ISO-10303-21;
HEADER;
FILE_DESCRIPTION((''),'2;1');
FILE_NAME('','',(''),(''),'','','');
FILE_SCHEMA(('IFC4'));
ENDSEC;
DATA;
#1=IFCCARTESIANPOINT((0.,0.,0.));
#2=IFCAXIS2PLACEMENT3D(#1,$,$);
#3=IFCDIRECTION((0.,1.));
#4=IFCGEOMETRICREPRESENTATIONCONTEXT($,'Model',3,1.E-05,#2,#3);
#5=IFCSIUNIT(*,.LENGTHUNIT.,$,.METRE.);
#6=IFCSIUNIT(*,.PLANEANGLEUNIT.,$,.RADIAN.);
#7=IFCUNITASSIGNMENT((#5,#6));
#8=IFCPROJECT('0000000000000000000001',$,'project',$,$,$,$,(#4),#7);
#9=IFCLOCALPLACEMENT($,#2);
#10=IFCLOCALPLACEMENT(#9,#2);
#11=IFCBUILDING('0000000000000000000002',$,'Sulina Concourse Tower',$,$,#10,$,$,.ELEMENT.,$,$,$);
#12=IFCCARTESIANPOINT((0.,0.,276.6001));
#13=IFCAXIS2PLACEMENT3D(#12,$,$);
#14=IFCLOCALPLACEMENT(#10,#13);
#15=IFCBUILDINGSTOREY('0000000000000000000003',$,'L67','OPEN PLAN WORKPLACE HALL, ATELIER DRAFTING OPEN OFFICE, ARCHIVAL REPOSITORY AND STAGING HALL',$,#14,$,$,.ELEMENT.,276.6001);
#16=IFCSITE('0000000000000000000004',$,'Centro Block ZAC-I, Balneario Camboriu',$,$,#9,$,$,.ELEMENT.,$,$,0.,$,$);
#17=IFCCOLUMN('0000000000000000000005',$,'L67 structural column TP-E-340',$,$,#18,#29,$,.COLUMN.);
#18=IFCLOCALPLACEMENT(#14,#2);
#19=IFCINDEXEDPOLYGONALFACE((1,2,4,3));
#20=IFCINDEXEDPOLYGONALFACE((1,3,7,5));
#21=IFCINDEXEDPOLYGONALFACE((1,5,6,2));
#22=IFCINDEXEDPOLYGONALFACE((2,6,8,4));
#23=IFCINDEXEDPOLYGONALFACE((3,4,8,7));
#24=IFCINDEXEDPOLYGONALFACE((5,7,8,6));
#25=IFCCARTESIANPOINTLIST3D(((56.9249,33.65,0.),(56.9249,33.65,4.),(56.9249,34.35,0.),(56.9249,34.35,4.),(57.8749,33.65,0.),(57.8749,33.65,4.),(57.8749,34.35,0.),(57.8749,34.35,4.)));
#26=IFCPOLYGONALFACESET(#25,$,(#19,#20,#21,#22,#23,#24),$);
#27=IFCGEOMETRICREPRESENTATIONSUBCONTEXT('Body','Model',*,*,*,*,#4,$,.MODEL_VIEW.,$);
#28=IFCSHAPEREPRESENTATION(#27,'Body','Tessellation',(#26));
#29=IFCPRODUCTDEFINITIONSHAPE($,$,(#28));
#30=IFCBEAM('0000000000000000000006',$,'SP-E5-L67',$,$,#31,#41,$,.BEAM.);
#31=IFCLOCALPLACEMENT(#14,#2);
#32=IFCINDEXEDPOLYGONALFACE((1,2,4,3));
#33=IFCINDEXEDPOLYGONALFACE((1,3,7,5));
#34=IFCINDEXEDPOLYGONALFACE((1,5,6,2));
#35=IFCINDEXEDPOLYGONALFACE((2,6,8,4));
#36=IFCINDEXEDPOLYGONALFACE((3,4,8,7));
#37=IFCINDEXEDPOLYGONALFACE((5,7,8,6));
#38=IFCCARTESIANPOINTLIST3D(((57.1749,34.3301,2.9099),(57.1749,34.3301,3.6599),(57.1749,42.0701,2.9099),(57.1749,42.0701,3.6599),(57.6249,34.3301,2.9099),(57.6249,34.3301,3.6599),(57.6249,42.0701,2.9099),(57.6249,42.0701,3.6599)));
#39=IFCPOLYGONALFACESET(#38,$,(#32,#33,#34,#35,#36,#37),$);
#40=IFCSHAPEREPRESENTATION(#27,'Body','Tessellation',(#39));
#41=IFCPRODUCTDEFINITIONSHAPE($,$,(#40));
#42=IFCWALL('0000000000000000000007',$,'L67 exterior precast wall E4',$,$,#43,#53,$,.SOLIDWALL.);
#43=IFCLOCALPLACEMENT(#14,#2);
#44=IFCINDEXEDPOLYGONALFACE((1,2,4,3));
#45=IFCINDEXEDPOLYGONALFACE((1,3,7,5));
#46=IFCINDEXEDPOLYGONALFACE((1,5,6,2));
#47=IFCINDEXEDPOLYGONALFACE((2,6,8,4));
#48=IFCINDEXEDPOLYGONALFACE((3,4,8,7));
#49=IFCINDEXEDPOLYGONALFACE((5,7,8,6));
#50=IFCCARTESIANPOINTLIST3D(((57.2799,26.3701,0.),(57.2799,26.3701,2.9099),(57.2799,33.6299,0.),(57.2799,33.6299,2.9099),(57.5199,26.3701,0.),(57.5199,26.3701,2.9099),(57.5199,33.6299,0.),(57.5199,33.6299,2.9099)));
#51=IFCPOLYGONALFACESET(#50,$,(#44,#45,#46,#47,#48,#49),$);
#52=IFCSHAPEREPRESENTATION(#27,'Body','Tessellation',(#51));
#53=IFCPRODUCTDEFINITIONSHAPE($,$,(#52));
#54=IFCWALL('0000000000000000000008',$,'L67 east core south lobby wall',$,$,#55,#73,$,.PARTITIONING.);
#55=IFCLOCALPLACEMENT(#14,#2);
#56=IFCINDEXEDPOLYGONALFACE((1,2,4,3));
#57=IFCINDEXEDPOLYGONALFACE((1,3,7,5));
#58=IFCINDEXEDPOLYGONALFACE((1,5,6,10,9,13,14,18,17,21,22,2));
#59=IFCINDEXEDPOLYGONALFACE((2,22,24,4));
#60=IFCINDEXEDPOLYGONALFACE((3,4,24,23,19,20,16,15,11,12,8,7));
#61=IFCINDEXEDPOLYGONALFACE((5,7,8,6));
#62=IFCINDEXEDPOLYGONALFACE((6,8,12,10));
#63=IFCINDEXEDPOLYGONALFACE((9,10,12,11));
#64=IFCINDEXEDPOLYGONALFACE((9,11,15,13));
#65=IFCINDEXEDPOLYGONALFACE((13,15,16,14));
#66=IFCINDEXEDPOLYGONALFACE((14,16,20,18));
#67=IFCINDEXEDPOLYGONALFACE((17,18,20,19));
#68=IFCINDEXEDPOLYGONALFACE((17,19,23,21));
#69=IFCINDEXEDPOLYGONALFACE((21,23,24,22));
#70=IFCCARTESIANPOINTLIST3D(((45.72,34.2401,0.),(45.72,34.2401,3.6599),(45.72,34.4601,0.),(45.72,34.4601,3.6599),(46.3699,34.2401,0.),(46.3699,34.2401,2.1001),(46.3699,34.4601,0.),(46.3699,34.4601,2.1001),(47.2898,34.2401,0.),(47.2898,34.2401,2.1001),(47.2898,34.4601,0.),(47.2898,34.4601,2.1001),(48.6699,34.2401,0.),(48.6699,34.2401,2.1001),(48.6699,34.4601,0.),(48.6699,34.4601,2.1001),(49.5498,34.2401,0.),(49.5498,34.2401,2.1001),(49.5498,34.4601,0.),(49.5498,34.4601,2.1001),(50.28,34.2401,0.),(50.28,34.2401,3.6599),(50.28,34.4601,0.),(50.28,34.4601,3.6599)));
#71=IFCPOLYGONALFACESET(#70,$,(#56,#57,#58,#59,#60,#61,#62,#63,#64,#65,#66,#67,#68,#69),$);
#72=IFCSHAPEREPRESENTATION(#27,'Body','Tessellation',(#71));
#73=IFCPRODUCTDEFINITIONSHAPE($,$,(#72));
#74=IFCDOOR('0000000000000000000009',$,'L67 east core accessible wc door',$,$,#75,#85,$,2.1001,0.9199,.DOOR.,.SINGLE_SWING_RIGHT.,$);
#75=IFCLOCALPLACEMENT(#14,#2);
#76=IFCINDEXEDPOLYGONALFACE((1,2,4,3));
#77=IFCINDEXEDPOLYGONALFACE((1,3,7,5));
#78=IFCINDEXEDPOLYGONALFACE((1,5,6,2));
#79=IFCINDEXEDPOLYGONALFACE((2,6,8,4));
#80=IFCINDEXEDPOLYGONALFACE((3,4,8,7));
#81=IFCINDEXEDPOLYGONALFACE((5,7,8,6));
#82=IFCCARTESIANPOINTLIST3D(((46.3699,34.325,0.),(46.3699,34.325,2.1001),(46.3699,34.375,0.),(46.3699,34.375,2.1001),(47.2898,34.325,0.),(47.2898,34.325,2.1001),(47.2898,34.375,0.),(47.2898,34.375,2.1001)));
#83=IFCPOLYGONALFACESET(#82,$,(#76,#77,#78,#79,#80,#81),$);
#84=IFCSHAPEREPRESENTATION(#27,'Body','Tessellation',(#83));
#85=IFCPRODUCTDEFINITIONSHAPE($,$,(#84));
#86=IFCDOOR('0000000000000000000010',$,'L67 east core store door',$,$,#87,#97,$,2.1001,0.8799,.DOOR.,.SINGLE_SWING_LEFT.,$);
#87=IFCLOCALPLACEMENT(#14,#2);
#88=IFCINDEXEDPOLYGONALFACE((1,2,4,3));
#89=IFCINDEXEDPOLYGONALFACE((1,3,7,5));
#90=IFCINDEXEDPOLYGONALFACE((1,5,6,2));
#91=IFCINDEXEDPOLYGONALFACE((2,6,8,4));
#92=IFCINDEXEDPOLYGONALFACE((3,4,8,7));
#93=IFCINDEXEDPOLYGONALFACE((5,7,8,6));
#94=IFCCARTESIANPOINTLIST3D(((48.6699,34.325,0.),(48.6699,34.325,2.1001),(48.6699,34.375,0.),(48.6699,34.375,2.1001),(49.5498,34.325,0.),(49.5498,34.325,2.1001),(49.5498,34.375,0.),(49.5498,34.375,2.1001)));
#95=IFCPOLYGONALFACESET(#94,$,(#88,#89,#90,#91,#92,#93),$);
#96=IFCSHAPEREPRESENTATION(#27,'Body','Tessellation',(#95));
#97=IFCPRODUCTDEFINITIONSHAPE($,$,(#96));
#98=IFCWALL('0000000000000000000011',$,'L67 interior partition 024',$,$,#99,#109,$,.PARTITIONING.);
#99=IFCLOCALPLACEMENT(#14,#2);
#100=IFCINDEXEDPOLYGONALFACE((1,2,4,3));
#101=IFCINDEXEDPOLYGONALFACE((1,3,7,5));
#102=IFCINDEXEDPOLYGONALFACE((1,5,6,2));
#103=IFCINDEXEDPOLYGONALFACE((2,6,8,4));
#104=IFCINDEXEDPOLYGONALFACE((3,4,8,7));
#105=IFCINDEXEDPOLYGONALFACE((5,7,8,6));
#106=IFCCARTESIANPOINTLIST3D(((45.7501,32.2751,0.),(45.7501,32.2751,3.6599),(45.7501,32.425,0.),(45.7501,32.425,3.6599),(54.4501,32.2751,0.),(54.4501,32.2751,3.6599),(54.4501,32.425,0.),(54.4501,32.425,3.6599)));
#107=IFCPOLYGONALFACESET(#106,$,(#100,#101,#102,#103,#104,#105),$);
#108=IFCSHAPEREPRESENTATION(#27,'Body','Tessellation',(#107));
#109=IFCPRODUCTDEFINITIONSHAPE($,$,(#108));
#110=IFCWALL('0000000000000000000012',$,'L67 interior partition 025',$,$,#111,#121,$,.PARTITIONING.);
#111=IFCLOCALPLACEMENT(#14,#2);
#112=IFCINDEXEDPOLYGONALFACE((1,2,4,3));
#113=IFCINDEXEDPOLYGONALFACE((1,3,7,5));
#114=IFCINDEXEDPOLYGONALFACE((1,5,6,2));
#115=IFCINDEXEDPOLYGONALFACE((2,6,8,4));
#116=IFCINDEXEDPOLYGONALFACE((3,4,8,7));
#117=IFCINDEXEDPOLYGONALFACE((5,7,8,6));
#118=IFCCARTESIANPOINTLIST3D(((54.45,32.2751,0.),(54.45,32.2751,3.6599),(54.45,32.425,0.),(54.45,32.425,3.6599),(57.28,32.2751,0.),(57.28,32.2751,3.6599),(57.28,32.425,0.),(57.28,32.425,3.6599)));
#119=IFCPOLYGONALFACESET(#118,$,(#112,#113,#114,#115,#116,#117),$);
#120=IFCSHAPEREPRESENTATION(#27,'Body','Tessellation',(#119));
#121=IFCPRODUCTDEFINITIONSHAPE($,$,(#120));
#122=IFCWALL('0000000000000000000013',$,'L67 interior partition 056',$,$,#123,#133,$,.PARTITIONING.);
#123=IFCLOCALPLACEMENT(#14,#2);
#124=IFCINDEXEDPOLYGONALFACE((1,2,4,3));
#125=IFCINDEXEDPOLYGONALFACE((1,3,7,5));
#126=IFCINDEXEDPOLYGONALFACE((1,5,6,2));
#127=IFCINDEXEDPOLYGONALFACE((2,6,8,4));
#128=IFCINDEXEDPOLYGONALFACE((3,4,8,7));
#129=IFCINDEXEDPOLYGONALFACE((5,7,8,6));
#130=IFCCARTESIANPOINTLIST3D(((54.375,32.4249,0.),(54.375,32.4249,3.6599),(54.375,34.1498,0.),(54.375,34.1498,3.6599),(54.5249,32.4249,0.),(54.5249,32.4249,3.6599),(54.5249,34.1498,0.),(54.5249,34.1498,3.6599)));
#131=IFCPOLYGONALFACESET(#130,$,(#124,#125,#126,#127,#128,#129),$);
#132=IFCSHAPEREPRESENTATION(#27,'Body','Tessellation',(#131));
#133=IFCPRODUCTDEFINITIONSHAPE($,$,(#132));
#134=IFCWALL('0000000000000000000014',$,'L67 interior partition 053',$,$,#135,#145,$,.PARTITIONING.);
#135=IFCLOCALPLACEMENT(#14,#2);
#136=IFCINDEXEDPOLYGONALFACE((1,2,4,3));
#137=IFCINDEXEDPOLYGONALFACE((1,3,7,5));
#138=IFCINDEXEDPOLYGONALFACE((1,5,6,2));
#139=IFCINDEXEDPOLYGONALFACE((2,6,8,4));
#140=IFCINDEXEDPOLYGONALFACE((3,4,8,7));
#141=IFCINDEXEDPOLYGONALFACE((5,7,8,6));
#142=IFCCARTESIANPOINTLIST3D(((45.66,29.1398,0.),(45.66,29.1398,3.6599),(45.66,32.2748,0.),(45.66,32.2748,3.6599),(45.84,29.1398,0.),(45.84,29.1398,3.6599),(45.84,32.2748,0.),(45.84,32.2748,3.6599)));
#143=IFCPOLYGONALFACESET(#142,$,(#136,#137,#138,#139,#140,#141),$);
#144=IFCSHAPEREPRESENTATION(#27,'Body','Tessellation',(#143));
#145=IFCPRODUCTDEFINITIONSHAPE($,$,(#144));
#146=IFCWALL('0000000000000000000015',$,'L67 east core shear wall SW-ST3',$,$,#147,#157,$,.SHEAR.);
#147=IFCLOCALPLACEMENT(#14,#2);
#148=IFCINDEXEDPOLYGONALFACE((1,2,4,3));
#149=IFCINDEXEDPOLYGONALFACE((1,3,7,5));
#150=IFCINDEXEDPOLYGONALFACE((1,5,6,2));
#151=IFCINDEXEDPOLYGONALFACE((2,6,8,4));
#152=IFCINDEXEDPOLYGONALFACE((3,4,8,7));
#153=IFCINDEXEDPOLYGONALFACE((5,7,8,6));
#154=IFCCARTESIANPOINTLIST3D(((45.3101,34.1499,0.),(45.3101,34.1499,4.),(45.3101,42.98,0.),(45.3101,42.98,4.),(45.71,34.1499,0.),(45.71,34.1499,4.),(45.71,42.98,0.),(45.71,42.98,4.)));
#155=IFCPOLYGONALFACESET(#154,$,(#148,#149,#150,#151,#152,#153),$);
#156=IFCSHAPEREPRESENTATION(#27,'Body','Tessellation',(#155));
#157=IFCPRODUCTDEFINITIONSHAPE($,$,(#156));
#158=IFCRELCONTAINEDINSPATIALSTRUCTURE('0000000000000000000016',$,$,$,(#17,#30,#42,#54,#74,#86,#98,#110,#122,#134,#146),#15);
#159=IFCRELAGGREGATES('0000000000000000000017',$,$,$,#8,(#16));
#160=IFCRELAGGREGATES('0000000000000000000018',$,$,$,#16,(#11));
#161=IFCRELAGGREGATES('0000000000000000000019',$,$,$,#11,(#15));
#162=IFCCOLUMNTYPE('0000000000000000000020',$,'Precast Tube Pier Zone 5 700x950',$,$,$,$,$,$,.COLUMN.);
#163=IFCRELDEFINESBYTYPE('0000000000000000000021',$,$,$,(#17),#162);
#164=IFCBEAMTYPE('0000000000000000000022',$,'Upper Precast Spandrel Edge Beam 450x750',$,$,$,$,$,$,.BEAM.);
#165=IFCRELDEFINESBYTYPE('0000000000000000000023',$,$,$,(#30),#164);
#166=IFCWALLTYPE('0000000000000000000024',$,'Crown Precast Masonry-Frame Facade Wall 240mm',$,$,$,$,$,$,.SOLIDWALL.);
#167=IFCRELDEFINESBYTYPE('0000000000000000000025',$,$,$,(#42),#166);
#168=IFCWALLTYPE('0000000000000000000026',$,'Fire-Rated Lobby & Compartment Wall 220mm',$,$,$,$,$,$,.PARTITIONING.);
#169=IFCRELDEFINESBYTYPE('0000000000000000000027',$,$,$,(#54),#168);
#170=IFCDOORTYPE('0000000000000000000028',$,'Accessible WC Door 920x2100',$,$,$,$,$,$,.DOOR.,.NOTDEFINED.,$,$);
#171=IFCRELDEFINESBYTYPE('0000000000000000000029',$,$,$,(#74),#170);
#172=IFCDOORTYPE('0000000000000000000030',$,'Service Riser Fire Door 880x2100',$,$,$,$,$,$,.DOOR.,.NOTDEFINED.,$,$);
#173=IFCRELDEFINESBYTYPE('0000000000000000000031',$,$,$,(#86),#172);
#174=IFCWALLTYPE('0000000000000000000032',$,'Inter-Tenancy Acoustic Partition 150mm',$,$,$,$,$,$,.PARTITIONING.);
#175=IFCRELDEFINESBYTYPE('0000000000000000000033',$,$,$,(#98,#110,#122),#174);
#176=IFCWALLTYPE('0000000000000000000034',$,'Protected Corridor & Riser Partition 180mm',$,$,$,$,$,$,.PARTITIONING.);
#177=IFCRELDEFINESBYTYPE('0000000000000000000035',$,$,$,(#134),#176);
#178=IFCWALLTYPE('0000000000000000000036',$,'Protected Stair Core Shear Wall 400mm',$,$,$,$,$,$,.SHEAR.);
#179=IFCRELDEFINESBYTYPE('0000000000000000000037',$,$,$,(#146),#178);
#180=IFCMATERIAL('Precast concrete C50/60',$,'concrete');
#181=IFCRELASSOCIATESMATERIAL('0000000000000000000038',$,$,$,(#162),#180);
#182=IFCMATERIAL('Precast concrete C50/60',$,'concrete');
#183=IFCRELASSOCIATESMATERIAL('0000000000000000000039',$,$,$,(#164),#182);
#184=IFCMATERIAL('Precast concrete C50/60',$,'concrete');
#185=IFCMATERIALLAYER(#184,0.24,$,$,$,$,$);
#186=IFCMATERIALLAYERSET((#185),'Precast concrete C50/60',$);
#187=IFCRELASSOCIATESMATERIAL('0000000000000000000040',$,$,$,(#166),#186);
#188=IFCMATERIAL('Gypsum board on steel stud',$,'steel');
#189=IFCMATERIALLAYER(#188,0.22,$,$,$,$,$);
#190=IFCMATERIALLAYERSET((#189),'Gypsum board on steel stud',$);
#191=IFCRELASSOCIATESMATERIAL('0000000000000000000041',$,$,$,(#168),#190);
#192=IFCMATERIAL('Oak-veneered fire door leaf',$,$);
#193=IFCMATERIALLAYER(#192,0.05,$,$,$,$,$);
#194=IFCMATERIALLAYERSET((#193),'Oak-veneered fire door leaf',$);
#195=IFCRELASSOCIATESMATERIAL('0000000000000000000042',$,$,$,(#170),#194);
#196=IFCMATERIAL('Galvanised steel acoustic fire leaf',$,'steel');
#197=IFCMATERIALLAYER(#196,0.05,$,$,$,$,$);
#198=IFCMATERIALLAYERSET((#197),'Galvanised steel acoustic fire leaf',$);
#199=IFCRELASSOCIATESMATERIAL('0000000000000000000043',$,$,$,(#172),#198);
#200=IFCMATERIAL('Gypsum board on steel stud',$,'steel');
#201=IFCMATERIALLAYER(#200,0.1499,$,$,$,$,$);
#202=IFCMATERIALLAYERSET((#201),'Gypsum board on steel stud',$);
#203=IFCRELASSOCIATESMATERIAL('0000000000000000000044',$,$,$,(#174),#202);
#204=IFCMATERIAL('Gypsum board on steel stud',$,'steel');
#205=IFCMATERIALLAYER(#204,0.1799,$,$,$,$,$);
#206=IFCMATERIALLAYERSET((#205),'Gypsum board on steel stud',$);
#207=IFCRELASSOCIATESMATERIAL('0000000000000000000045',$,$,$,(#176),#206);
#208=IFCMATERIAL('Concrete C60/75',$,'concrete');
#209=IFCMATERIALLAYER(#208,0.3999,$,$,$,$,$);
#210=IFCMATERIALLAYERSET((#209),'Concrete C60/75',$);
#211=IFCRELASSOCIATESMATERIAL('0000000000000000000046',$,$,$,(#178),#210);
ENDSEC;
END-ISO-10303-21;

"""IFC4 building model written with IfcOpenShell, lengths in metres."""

from ifc_helpers import new_model, si_unit, direction, frame, frame_2d, origin, origin_2d, place, context, subcontext, project, spatial, rectangle, extrude, material, layer, layer_set, material_profile, profile_set, type_object, element, fill, save


model = new_model("IFC4")

# Units and contexts
model_context = context("Model", 3, precision=1e-05, world=origin(), true_north=direction((0.0, 1.0)))
body_context = subcontext(model_context, "Body", "Model", "MODEL_VIEW")
ifc_project = project(units=[si_unit("LENGTHUNIT", "METRE"), si_unit("PLANEANGLEUNIT", "RADIAN")], contexts=[model_context])

# Site, building, storey
site_placement = place(None, origin())
site = spatial("IfcSite", under=ifc_project, at=site_placement, Name="Centro Block ZAC-I, Balneario Camboriu", CompositionType="ELEMENT", RefElevation=0.0)
building_placement = place(site_placement, origin())
building = spatial("IfcBuilding", under=site, at=building_placement, Name="Sulina Concourse Tower", CompositionType="ELEMENT")
storey_placement = place(building_placement, frame((0.0, 0.0, 276.6001)))
storey = spatial("IfcBuildingStorey", under=building, at=storey_placement, Name="L67", Description="OPEN PLAN WORKPLACE HALL, ATELIER DRAFTING OPEN OFFICE, ARCHIVAL REPOSITORY AND STAGING HALL", CompositionType="ELEMENT", Elevation=276.6001)

# Column
ifc_material_1 = material(Name="Precast concrete C50/60", Category="concrete")
ifc_material_profile_1 = material_profile(ifc_material_1, rectangle(XDim=0.7, YDim=0.95, at=origin_2d()), Name="PC 700x950")
ifc_profile_set_1 = profile_set([ifc_material_profile_1], Name="Precast concrete C50/60")
column_type = type_object("IfcColumnType", Name="Precast Tube Pier Zone 5 700x950", PredefinedType="COLUMN", material=ifc_profile_set_1)
column_placement = place(storey_placement, frame((57.3999, 34.0, 0.0), z_axis=(0.0, 0.0, 1.0), x_axis=(0.0, 1.0, 0.0)))
element("IfcColumn", 1, at=column_placement, inside=storey, type_object=column_type, Name="L67 structural column TP-E-340", PredefinedType="COLUMN", context=body_context, shape_type="SweptSolid", body=[
    extrude(rectangle(XDim=0.7, YDim=0.95, at=origin_2d()), origin(), (0.0, 0.0, 1.0), 4.0),
])

# Beam
ifc_material_2 = material(Name="Precast concrete C50/60", Category="concrete")
ifc_material_profile_2 = material_profile(ifc_material_2, rectangle(XDim=0.45, YDim=0.75, at=origin_2d()), Name="RC 450x750")
ifc_profile_set_2 = profile_set([ifc_material_profile_2], Name="Precast concrete C50/60")
beam_type = type_object("IfcBeamType", Name="Upper Precast Spandrel Edge Beam 450x750", PredefinedType="BEAM", material=ifc_profile_set_2)
beam_placement = place(storey_placement, frame((57.3999, 34.3301, 3.2849), z_axis=(0.0, 1.0, 0.0), x_axis=(-1.0, 0.0, 0.0)))
element("IfcBeam", 2, at=beam_placement, inside=storey, type_object=beam_type, Name="SP-E5-L67", PredefinedType="BEAM", context=body_context, shape_type="SweptSolid", body=[
    extrude(rectangle(XDim=0.45, YDim=0.75, at=origin_2d()), origin(), (0.0, 0.0, 1.0), 7.74),
])

# Wall
ifc_material_3 = material(Name="Precast concrete C50/60", Category="concrete")
ifc_layer_1 = layer(ifc_material_3, 0.24)
ifc_layer_set_1 = layer_set([ifc_layer_1], Name="Precast concrete C50/60")
wall_type_1 = type_object("IfcWallType", Name="Crown Precast Masonry-Frame Facade Wall 240mm", PredefinedType="SOLIDWALL", material=ifc_layer_set_1)
wall_1_placement = place(storey_placement, frame((57.3999, 33.6299, 0.0), z_axis=(0.0, 0.0, 1.0), x_axis=(0.0, -1.0, 0.0)))
element("IfcWall", 3, at=wall_1_placement, inside=storey, type_object=wall_type_1, Name="L67 exterior precast wall E4", PredefinedType="SOLIDWALL", context=body_context, shape_type="SweptSolid", body=[
    extrude(rectangle(XDim=7.2598, YDim=0.24, at=frame_2d((3.6299, 0.0))), origin(), (0.0, 0.0, 1.0), 2.9099),
])

# Wall, openings, doors
ifc_material_4 = material(Name="Gypsum board on steel stud", Category="steel")
ifc_layer_2 = layer(ifc_material_4, 0.22)
ifc_layer_set_2 = layer_set([ifc_layer_2], Name="Gypsum board on steel stud")
wall_type_2 = type_object("IfcWallType", Name="Fire-Rated Lobby & Compartment Wall 220mm", PredefinedType="PARTITIONING", material=ifc_layer_set_2)
wall_2_placement = place(storey_placement, frame((45.72, 34.3501, 0.0), z_axis=(0.0, 0.0, 1.0), x_axis=(1.0, 0.0, 0.0)))
wall_2 = element("IfcWall", 4, at=wall_2_placement, inside=storey, type_object=wall_type_2, Name="L67 east core south lobby wall", PredefinedType="PARTITIONING", context=body_context, shape_type="SweptSolid", body=[
    extrude(rectangle(XDim=4.5601, YDim=0.22, at=frame_2d((2.28, 0.0))), origin(), (0.0, 0.0, 1.0), 3.6599),
])
opening_1_placement = place(wall_2_placement, frame((0.6499, 0.0, 0.0)))
opening_1 = element("IfcOpeningElement", 5, at=opening_1_placement, cuts=wall_2, PredefinedType="OPENING", context=body_context, shape_type="SweptSolid", body=[
    extrude(rectangle(XDim=0.9199, YDim=2.1001, at=frame_2d((0.46, 1.05))), frame((0.0, 0.1199, 0.0), z_axis=(0.0, -1.0, 0.0), x_axis=(1.0, 0.0, 0.0)), (0.0, 0.0, 1.0), 0.24),
])
opening_2_placement = place(wall_2_placement, frame((2.95, 0.0, 0.0)))
opening_2 = element("IfcOpeningElement", 6, at=opening_2_placement, cuts=wall_2, PredefinedType="OPENING", context=body_context, shape_type="SweptSolid", body=[
    extrude(rectangle(XDim=0.8799, YDim=2.1001, at=frame_2d((0.4399, 1.05))), frame((0.0, 0.1199, 0.0), z_axis=(0.0, -1.0, 0.0), x_axis=(1.0, 0.0, 0.0)), (0.0, 0.0, 1.0), 0.24),
])
ifc_material_5 = material(Name="Oak-veneered fire door leaf")
ifc_layer_3 = layer(ifc_material_5, 0.05)
ifc_layer_set_3 = layer_set([ifc_layer_3], Name="Oak-veneered fire door leaf")
door_type_1 = type_object("IfcDoorType", Name="Accessible WC Door 920x2100", OperationType="NOTDEFINED", PredefinedType="DOOR", material=ifc_layer_set_3)
door_1_placement = place(opening_1_placement, origin())
door_1 = element("IfcDoor", 7, at=door_1_placement, inside=storey, type_object=door_type_1, Name="L67 east core accessible wc door", OperationType="SINGLE_SWING_RIGHT", OverallHeight=2.1001, OverallWidth=0.9199, PredefinedType="DOOR", context=body_context, shape_type="SweptSolid", body=[
    extrude(rectangle(XDim=0.9199, YDim=2.1001, at=frame_2d((0.46, 1.05))), frame((0.0, 0.0249, 0.0), z_axis=(0.0, -1.0, 0.0), x_axis=(1.0, 0.0, 0.0)), (0.0, 0.0, 1.0), 0.05),
])
fill(opening_1, door_1)
ifc_material_6 = material(Name="Galvanised steel acoustic fire leaf", Category="steel")
ifc_layer_4 = layer(ifc_material_6, 0.05)
ifc_layer_set_4 = layer_set([ifc_layer_4], Name="Galvanised steel acoustic fire leaf")
door_type_2 = type_object("IfcDoorType", Name="Service Riser Fire Door 880x2100", OperationType="NOTDEFINED", PredefinedType="DOOR", material=ifc_layer_set_4)
door_2_placement = place(opening_2_placement, origin())
door_2 = element("IfcDoor", 8, at=door_2_placement, inside=storey, type_object=door_type_2, Name="L67 east core store door", OperationType="SINGLE_SWING_LEFT", OverallHeight=2.1001, OverallWidth=0.8799, PredefinedType="DOOR", context=body_context, shape_type="SweptSolid", body=[
    extrude(rectangle(XDim=0.8799, YDim=2.1001, at=frame_2d((0.4399, 1.05))), frame((0.0, 0.0249, 0.0), z_axis=(0.0, -1.0, 0.0), x_axis=(1.0, 0.0, 0.0)), (0.0, 0.0, 1.0), 0.05),
])
fill(opening_2, door_2)

# Walls
ifc_material_7 = material(Name="Gypsum board on steel stud", Category="steel")
ifc_layer_5 = layer(ifc_material_7, 0.1499)
ifc_layer_set_5 = layer_set([ifc_layer_5], Name="Gypsum board on steel stud")
wall_type_3 = type_object("IfcWallType", Name="Inter-Tenancy Acoustic Partition 150mm", PredefinedType="PARTITIONING", material=ifc_layer_set_5)
wall_3_placement = place(storey_placement, frame((45.75, 32.3501, 0.0), z_axis=(0.0, 0.0, 1.0), x_axis=(1.0, 0.0, 0.0)))
element("IfcWall", 9, at=wall_3_placement, inside=storey, type_object=wall_type_3, Name="L67 interior partition 024", PredefinedType="PARTITIONING", context=body_context, shape_type="SweptSolid", body=[
    extrude(rectangle(XDim=8.7, YDim=0.1499, at=frame_2d((4.3501, 0.0))), origin(), (0.0, 0.0, 1.0), 3.6599),
])
wall_4_placement = place(storey_placement, frame((54.45, 32.3501, 0.0), z_axis=(0.0, 0.0, 1.0), x_axis=(1.0, 0.0, 0.0)))
element("IfcWall", 10, at=wall_4_placement, inside=storey, type_object=wall_type_3, Name="L67 interior partition 025", PredefinedType="PARTITIONING", context=body_context, shape_type="SweptSolid", body=[
    extrude(rectangle(XDim=2.8301, YDim=0.1499, at=frame_2d((1.415, 0.0))), origin(), (0.0, 0.0, 1.0), 3.6599),
])
wall_5_placement = place(storey_placement, frame((54.45, 32.425, 0.0), z_axis=(0.0, 0.0, 1.0), x_axis=(0.0, 1.0, 0.0)))
element("IfcWall", 11, at=wall_5_placement, inside=storey, type_object=wall_type_3, Name="L67 interior partition 056", PredefinedType="PARTITIONING", context=body_context, shape_type="SweptSolid", body=[
    extrude(rectangle(XDim=1.7249, YDim=0.1499, at=frame_2d((0.8623, 0.0))), origin(), (0.0, 0.0, 1.0), 3.6599),
])
ifc_material_8 = material(Name="Gypsum board on steel stud", Category="steel")
ifc_layer_6 = layer(ifc_material_8, 0.1799)
ifc_layer_set_6 = layer_set([ifc_layer_6], Name="Gypsum board on steel stud")
wall_type_4 = type_object("IfcWallType", Name="Protected Corridor & Riser Partition 180mm", PredefinedType="PARTITIONING", material=ifc_layer_set_6)
wall_6_placement = place(storey_placement, frame((45.75, 29.1399, 0.0), z_axis=(0.0, 0.0, 1.0), x_axis=(0.0, 1.0, 0.0)))
element("IfcWall", 12, at=wall_6_placement, inside=storey, type_object=wall_type_4, Name="L67 interior partition 053", PredefinedType="PARTITIONING", context=body_context, shape_type="SweptSolid", body=[
    extrude(rectangle(XDim=3.135, YDim=0.1799, at=frame_2d((1.5674, 0.0))), origin(), (0.0, 0.0, 1.0), 3.6599),
])
ifc_material_9 = material(Name="Concrete C60/75", Category="concrete")
ifc_layer_7 = layer(ifc_material_9, 0.3999)
ifc_layer_set_7 = layer_set([ifc_layer_7], Name="Concrete C60/75")
wall_type_5 = type_object("IfcWallType", Name="Protected Stair Core Shear Wall 400mm", PredefinedType="SHEAR", material=ifc_layer_set_7)
wall_7_placement = place(storey_placement, frame((45.51, 34.1499, 0.0), z_axis=(0.0, 0.0, 1.0), x_axis=(0.0, 1.0, 0.0)))
element("IfcWall", 13, at=wall_7_placement, inside=storey, type_object=wall_type_5, Name="L67 east core shear wall SW-ST3", PredefinedType="SHEAR", context=body_context, shape_type="SweptSolid", body=[
    extrude(rectangle(XDim=8.8301, YDim=0.3999, at=frame_2d((4.415, 0.0))), origin(), (0.0, 0.0, 1.0), 4.0),
])

save(model, "model.ifc")
